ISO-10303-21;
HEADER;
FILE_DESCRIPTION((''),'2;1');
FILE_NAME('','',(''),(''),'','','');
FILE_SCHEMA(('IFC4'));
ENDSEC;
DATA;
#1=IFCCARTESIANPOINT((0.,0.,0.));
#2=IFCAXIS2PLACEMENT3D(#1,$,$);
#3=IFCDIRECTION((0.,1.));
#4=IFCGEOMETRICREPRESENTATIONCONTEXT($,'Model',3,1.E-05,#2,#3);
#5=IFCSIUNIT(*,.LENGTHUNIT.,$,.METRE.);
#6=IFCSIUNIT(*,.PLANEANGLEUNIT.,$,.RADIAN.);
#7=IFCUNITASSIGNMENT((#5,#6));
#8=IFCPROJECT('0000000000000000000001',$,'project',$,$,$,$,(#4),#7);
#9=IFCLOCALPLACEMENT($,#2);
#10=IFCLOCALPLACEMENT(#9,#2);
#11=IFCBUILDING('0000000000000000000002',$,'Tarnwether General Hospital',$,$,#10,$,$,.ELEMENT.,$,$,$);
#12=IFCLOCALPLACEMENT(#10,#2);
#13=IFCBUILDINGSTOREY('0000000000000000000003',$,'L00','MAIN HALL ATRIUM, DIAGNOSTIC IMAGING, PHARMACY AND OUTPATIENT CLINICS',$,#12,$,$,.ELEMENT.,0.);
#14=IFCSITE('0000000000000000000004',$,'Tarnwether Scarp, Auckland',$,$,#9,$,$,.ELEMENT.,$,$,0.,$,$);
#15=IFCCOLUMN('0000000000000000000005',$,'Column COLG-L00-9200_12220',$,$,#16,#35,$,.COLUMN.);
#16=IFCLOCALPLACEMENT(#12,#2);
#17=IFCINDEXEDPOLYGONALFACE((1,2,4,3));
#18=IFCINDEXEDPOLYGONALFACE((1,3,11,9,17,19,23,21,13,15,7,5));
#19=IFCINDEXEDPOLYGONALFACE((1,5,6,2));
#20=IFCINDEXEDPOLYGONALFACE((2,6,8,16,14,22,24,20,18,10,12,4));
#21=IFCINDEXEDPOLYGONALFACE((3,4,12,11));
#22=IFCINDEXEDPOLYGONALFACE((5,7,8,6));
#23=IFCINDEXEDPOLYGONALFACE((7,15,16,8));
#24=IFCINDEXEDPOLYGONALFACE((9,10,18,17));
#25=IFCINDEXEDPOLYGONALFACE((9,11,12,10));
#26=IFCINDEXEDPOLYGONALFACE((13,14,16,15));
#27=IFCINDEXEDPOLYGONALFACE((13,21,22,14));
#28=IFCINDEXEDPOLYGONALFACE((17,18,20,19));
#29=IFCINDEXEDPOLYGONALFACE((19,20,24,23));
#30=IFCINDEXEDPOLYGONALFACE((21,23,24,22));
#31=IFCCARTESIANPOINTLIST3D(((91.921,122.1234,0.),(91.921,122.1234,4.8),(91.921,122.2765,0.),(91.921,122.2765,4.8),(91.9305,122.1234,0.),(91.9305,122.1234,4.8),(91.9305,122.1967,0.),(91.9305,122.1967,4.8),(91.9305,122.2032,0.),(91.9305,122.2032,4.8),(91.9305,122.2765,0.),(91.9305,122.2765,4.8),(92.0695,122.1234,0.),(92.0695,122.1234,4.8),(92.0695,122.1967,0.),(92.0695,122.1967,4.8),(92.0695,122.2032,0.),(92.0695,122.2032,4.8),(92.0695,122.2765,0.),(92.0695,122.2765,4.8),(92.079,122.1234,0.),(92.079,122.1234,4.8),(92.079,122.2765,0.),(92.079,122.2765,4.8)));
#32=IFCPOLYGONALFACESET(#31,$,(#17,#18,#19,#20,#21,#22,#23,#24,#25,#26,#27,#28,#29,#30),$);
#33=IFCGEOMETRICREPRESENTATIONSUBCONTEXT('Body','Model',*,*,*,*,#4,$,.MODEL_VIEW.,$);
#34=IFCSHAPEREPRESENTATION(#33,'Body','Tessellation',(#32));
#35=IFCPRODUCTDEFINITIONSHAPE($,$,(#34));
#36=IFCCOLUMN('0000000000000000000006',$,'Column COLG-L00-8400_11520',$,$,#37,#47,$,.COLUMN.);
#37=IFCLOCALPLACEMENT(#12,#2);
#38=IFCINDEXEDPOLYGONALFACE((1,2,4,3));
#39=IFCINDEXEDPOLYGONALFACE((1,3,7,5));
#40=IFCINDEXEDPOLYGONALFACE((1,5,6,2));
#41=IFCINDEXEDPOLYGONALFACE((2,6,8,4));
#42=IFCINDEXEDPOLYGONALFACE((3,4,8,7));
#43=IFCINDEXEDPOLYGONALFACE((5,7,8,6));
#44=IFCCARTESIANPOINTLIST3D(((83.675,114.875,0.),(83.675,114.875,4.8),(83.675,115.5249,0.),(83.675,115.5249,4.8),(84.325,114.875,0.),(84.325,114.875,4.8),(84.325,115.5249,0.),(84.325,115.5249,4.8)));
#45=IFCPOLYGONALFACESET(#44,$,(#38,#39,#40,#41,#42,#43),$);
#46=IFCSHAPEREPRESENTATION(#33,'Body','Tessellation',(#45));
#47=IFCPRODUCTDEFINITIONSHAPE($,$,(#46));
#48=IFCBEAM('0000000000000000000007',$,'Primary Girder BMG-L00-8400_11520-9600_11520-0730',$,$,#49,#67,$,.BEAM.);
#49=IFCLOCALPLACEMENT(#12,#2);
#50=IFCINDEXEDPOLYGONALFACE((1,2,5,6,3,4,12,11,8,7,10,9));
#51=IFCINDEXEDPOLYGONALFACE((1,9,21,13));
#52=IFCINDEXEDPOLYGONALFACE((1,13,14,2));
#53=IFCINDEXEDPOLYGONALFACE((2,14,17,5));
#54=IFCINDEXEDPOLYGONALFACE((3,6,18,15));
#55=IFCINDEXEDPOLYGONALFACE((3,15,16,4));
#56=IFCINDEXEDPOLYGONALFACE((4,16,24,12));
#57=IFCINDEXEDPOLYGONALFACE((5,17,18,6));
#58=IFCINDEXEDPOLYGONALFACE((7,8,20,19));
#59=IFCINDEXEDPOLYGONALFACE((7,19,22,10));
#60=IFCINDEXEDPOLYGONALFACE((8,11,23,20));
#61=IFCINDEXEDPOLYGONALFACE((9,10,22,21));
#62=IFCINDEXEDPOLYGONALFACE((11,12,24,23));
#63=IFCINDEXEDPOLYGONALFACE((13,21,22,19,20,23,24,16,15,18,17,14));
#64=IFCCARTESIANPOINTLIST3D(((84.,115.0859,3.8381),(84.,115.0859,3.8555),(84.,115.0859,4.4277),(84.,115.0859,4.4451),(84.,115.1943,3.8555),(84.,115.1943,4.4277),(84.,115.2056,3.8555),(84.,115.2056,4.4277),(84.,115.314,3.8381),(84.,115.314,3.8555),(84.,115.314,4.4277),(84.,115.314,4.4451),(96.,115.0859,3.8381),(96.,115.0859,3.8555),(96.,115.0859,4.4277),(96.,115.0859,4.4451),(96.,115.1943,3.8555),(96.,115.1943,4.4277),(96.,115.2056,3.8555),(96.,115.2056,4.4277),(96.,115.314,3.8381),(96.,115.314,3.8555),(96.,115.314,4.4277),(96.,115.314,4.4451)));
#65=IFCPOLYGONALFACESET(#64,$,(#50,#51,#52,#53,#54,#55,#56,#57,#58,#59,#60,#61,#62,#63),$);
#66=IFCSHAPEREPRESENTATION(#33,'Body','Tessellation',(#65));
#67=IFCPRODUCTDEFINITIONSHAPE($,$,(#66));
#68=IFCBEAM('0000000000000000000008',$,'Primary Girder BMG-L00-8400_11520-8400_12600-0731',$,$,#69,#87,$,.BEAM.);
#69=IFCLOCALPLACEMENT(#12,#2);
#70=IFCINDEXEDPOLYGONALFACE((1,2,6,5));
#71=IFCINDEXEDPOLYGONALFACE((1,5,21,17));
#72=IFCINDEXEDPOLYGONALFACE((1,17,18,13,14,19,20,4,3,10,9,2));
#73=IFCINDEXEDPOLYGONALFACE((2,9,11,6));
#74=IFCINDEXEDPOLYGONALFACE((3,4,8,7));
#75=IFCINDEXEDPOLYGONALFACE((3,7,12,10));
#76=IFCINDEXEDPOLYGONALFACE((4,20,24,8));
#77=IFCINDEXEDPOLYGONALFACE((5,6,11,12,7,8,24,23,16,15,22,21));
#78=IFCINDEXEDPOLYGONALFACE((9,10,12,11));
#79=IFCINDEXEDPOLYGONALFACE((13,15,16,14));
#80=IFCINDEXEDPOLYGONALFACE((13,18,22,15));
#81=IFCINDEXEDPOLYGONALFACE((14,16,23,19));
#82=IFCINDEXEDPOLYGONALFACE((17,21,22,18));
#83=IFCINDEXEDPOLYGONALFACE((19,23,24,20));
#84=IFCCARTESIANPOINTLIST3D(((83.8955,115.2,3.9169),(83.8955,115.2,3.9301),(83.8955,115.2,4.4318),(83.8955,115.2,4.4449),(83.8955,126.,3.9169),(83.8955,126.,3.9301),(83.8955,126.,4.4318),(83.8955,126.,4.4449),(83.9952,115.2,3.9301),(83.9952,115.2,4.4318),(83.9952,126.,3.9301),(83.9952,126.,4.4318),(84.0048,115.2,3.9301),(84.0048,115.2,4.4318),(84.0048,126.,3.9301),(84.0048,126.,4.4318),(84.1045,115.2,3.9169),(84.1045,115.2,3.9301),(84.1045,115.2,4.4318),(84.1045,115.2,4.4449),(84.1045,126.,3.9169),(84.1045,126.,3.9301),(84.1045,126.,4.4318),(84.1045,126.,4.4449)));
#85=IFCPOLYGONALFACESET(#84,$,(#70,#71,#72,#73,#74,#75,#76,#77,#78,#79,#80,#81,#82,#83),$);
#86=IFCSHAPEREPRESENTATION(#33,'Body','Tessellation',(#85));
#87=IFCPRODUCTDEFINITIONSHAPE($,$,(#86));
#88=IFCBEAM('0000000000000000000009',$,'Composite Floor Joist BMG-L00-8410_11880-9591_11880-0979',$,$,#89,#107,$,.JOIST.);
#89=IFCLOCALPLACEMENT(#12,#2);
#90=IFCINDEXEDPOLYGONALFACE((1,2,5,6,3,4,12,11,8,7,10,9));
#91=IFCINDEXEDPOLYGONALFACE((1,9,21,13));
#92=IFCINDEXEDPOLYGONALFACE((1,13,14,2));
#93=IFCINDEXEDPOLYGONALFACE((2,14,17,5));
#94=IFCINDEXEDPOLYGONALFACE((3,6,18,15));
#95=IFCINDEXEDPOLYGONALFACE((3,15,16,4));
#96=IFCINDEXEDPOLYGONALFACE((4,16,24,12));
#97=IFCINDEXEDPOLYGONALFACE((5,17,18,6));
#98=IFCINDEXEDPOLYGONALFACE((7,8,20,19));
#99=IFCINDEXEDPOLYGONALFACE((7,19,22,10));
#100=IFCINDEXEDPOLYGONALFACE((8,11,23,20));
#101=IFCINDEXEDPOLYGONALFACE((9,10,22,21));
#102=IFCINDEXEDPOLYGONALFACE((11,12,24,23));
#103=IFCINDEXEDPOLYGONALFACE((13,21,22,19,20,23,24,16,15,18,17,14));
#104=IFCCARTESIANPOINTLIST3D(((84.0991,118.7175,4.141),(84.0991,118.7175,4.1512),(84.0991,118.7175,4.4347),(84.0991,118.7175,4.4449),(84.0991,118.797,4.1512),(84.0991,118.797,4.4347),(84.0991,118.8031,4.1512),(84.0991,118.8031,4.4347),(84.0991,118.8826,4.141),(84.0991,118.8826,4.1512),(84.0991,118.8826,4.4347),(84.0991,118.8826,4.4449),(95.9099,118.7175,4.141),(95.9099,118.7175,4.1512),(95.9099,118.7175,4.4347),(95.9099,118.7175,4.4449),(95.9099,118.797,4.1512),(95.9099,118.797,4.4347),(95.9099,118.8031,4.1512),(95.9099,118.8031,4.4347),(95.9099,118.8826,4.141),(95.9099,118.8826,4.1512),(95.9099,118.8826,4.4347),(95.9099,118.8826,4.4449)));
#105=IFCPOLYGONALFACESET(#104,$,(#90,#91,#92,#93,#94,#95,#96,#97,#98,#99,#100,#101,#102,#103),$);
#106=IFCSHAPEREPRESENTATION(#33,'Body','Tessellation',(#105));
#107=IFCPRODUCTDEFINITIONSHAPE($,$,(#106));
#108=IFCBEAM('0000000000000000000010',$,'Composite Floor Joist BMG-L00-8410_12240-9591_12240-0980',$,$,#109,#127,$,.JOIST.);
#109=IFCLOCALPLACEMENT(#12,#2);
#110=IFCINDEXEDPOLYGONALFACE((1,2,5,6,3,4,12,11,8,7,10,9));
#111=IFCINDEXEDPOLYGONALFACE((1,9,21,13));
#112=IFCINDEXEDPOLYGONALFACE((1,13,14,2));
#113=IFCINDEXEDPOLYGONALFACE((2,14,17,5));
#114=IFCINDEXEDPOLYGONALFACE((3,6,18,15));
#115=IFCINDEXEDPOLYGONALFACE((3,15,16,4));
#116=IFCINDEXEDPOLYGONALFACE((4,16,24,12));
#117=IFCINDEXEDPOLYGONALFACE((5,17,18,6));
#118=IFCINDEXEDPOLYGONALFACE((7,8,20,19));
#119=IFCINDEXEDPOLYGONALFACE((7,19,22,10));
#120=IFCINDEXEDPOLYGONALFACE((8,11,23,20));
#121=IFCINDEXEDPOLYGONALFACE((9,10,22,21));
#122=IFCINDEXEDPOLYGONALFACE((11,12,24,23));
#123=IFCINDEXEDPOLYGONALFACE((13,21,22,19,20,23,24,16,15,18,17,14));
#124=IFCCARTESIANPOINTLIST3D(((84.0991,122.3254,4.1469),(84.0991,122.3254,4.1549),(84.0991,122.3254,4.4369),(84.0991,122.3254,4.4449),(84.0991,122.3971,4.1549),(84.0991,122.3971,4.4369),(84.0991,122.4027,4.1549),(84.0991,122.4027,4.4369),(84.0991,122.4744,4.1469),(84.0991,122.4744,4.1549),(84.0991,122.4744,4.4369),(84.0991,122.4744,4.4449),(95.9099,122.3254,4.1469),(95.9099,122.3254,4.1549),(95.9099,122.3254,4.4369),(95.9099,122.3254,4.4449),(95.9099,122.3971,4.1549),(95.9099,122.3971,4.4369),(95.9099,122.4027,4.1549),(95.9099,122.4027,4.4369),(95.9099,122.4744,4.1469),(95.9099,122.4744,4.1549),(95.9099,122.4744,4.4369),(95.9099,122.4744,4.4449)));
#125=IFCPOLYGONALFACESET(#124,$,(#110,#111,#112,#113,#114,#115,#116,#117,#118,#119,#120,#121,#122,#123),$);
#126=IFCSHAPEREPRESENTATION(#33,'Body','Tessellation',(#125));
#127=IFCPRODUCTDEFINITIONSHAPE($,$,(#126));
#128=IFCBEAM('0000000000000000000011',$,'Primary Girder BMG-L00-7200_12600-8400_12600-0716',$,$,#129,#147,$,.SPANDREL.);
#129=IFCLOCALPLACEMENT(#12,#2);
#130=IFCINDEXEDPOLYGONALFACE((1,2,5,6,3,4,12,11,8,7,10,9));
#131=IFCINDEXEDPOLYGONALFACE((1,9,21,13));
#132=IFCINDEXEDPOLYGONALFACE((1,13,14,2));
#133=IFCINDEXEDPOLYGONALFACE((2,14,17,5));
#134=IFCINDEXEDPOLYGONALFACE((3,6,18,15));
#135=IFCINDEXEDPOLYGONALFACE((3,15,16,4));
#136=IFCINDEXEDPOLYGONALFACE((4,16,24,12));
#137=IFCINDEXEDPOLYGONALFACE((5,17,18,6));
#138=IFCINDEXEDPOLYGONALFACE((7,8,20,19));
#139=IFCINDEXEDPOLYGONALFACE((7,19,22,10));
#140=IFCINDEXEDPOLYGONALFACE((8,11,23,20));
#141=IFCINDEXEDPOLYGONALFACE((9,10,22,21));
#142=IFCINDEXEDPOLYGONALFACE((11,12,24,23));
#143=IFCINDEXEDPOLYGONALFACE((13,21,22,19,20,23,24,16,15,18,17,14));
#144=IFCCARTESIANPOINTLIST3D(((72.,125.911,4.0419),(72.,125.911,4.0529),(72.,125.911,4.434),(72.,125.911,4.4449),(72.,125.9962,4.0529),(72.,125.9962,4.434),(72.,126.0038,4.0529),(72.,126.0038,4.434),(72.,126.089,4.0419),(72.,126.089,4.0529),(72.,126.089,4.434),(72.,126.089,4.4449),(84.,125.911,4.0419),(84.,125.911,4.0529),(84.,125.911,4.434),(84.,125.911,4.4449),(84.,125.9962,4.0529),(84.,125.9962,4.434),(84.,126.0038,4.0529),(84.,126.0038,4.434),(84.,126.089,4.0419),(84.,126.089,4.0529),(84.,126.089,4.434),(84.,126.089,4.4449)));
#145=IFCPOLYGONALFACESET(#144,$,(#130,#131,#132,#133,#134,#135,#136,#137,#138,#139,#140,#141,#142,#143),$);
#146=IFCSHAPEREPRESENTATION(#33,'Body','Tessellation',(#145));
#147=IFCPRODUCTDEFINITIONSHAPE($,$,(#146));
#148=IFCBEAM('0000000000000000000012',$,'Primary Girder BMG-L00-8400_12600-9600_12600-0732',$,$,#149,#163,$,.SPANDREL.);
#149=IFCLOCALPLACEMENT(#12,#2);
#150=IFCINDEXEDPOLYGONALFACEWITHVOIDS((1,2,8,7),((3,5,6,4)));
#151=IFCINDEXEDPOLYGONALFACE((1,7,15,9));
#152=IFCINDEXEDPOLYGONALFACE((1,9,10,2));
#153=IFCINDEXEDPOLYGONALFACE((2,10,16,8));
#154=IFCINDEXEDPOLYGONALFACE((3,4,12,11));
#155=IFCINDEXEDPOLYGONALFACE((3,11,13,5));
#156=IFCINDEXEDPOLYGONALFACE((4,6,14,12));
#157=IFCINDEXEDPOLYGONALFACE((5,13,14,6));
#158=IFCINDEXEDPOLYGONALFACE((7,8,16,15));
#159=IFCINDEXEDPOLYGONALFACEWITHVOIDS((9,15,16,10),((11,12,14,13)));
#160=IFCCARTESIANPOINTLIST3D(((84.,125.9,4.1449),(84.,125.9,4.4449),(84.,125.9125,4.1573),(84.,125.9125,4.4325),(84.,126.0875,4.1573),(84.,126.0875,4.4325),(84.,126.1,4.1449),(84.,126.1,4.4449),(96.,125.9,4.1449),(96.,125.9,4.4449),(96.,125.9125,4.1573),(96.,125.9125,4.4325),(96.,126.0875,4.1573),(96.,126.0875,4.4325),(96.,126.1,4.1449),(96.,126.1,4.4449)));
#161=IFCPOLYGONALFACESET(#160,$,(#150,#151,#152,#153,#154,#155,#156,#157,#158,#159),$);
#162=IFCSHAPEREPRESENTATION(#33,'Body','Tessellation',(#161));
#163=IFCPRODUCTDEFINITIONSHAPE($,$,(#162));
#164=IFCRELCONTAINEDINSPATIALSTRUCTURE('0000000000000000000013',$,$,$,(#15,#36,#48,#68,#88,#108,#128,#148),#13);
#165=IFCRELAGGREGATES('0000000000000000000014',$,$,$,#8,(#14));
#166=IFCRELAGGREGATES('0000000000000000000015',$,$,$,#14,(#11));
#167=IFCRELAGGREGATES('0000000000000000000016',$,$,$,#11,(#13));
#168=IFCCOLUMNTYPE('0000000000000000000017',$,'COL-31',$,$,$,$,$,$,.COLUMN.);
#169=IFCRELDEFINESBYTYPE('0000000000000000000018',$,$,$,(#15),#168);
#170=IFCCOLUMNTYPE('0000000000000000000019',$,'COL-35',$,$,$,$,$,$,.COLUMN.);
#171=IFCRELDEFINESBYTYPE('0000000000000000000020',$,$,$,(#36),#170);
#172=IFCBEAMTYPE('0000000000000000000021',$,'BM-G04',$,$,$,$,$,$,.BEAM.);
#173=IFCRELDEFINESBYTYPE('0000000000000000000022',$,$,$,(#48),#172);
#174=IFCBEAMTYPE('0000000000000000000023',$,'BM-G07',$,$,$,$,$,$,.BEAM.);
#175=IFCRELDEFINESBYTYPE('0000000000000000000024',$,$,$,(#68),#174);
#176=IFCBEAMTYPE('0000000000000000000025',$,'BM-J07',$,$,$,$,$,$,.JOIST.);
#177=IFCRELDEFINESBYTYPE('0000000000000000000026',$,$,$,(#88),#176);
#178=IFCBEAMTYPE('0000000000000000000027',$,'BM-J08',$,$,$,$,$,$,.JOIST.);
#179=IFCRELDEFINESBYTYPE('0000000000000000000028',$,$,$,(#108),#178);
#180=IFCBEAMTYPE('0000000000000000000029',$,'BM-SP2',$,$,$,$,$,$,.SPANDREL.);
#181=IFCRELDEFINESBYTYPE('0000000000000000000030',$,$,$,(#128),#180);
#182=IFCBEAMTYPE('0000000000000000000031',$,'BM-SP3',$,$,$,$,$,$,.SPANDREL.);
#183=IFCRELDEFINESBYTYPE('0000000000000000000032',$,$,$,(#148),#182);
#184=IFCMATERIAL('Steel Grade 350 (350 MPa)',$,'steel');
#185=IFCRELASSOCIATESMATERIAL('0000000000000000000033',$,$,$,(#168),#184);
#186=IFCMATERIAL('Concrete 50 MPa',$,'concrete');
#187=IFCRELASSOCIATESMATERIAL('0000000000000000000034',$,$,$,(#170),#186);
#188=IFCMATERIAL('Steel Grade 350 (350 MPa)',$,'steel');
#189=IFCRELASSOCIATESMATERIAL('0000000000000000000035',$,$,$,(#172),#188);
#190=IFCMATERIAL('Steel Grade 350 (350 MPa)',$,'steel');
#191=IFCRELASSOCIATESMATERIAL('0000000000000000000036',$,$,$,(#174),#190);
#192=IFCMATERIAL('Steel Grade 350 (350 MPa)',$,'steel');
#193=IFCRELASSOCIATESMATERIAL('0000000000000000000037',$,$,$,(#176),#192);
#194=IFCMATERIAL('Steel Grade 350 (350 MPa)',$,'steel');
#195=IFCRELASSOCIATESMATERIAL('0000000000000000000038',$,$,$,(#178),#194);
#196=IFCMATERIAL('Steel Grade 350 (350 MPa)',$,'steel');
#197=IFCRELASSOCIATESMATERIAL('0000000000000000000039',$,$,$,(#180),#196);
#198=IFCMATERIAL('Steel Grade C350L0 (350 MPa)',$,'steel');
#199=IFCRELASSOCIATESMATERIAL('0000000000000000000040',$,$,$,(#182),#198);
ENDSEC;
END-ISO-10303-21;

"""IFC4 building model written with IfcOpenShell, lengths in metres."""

from ifc_helpers import new_model, si_unit, direction, frame, origin, origin_2d, place, context, subcontext, project, spatial, rectangle, hollow_rectangle, i_section, extrude, material, material_profile, profile_set, type_object, element, save


model = new_model("IFC4")

# Units and contexts
model_context = context("Model", 3, precision=1e-05, world=origin(), true_north=direction((0.0, 1.0)))
body_context = subcontext(model_context, "Body", "Model", "MODEL_VIEW")
ifc_project = project(units=[si_unit("LENGTHUNIT", "METRE"), si_unit("PLANEANGLEUNIT", "RADIAN")], contexts=[model_context])

# Site, building, storey
site_placement = place(None, origin())
site = spatial("IfcSite", under=ifc_project, at=site_placement, Name="Tarnwether Scarp, Auckland", CompositionType="ELEMENT", RefElevation=0.0)
building_placement = place(site_placement, origin())
building = spatial("IfcBuilding", under=site, at=building_placement, Name="Tarnwether General Hospital", CompositionType="ELEMENT")
storey_placement = place(building_placement, origin())
storey = spatial("IfcBuildingStorey", under=building, at=storey_placement, Name="L00", Description="MAIN HALL ATRIUM, DIAGNOSTIC IMAGING, PHARMACY AND OUTPATIENT CLINICS", CompositionType="ELEMENT", Elevation=0.0)

# Columns
ifc_material_1 = material(Name="Steel Grade 350 (350 MPa)", Category="steel")
ifc_material_profile_1 = material_profile(ifc_material_1, i_section(OverallWidth=0.1531, OverallDepth=0.158, WebThickness=0.0066, FlangeThickness=0.0095, at=origin_2d()), Name="150UC30.0")
ifc_profile_set_1 = profile_set([ifc_material_profile_1], Name="Steel Grade 350 (350 MPa)")
column_type_1 = type_object("IfcColumnType", Name="COL-31", PredefinedType="COLUMN", material=ifc_profile_set_1)
for number, where, z_axis, x_axis, name in (
    (1, (92.0, 122.2, 0.0), (0.0, 0.0, 1.0), (0.0, 1.0, 0.0), "Column COLG-L00-9200_12220"),
):
    element("IfcColumn", number, at=place(storey_placement, frame(where, z_axis=z_axis, x_axis=x_axis)), inside=storey, type_object=column_type_1, Name=name, PredefinedType="COLUMN", context=body_context, shape_type="SweptSolid", body=[
        extrude(i_section(OverallWidth=0.1531, OverallDepth=0.158, WebThickness=0.0066, FlangeThickness=0.0095, at=origin_2d()), origin(), (0.0, 0.0, 1.0), 4.8),
    ])
ifc_material_2 = material(Name="Concrete 50 MPa", Category="concrete")
ifc_material_profile_2 = material_profile(ifc_material_2, rectangle(XDim=0.6499, YDim=0.6499, at=origin_2d()), Name="RC-COL-650x650")
ifc_profile_set_2 = profile_set([ifc_material_profile_2], Name="Concrete 50 MPa")
column_type_2 = type_object("IfcColumnType", Name="COL-35", PredefinedType="COLUMN", material=ifc_profile_set_2)
column_1_placement = place(storey_placement, frame((84.0, 115.2, 0.0), z_axis=(0.0, 0.0, 1.0), x_axis=(0.0, 1.0, 0.0)))
element("IfcColumn", 2, at=column_1_placement, inside=storey, type_object=column_type_2, Name="Column COLG-L00-8400_11520", PredefinedType="COLUMN", context=body_context, shape_type="SweptSolid", body=[
    extrude(rectangle(XDim=0.6499, YDim=0.6499, at=origin_2d()), origin(), (0.0, 0.0, 1.0), 4.8),
])

# Beams
ifc_material_3 = material(Name="Steel Grade 350 (350 MPa)", Category="steel")
ifc_material_profile_3 = material_profile(ifc_material_3, i_section(OverallWidth=0.228, OverallDepth=0.6069, WebThickness=0.0112, FlangeThickness=0.0173, at=origin_2d()), Name="610UB113")
ifc_profile_set_3 = profile_set([ifc_material_profile_3], Name="Steel Grade 350 (350 MPa)")
beam_type_1 = type_object("IfcBeamType", Name="BM-G04", PredefinedType="BEAM", material=ifc_profile_set_3)
beam_1_placement = place(storey_placement, frame((84.0, 115.2, 4.1416), z_axis=(1.0, 0.0, 0.0), x_axis=(0.0, 1.0, 0.0)))
element("IfcBeam", 3, at=beam_1_placement, inside=storey, type_object=beam_type_1, Name="Primary Girder BMG-L00-8400_11520-9600_11520-0730", PredefinedType="BEAM", context=body_context, shape_type="SweptSolid", body=[
    extrude(i_section(OverallWidth=0.228, OverallDepth=0.6069, WebThickness=0.0112, FlangeThickness=0.0173, at=origin_2d()), origin(), (0.0, 0.0, 1.0), 12.0),
])
ifc_material_4 = material(Name="Steel Grade 350 (350 MPa)", Category="steel")
ifc_material_profile_4 = material_profile(ifc_material_4, i_section(OverallWidth=0.209, OverallDepth=0.5281, WebThickness=0.0095, FlangeThickness=0.0132, at=origin_2d()), Name="530UB82.0")
ifc_profile_set_4 = profile_set([ifc_material_profile_4], Name="Steel Grade 350 (350 MPa)")
beam_type_2 = type_object("IfcBeamType", Name="BM-G07", PredefinedType="BEAM", material=ifc_profile_set_4)
beam_2_placement = place(storey_placement, frame((84.0, 115.2, 4.1809), z_axis=(0.0, 1.0, 0.0), x_axis=(-1.0, 0.0, 0.0)))
element("IfcBeam", 4, at=beam_2_placement, inside=storey, type_object=beam_type_2, Name="Primary Girder BMG-L00-8400_11520-8400_12600-0731", PredefinedType="BEAM", context=body_context, shape_type="SweptSolid", body=[
    extrude(i_section(OverallWidth=0.209, OverallDepth=0.5281, WebThickness=0.0095, FlangeThickness=0.0132, at=origin_2d()), origin(), (0.0, 0.0, 1.0), 10.8),
])
ifc_material_5 = material(Name="Steel Grade 350 (350 MPa)", Category="steel")
ifc_material_profile_5 = material_profile(ifc_material_5, i_section(OverallWidth=0.165, OverallDepth=0.304, WebThickness=0.0061, FlangeThickness=0.0103, at=origin_2d()), Name="310UB40.4")
ifc_profile_set_5 = profile_set([ifc_material_profile_5], Name="Steel Grade 350 (350 MPa)")
beam_type_3 = type_object("IfcBeamType", Name="BM-J07", PredefinedType="JOIST", material=ifc_profile_set_5)
beam_3_placement = place(storey_placement, frame((84.0991, 118.8, 4.293), z_axis=(1.0, 0.0, 0.0), x_axis=(0.0, 1.0, 0.0)))
element("IfcBeam", 5, at=beam_3_placement, inside=storey, type_object=beam_type_3, Name="Composite Floor Joist BMG-L00-8410_11880-9591_11880-0979", PredefinedType="JOIST", context=body_context, shape_type="SweptSolid", body=[
    extrude(i_section(OverallWidth=0.165, OverallDepth=0.304, WebThickness=0.0061, FlangeThickness=0.0103, at=origin_2d()), origin(), (0.0, 0.0, 1.0), 11.8108),
])
ifc_material_6 = material(Name="Steel Grade 350 (350 MPa)", Category="steel")
ifc_material_profile_6 = material_profile(ifc_material_6, i_section(OverallWidth=0.1489, OverallDepth=0.2981, WebThickness=0.0056, FlangeThickness=0.0081, at=origin_2d()), Name="310UB32.0")
ifc_profile_set_6 = profile_set([ifc_material_profile_6], Name="Steel Grade 350 (350 MPa)")
beam_type_4 = type_object("IfcBeamType", Name="BM-J08", PredefinedType="JOIST", material=ifc_profile_set_6)
beam_4_placement = place(storey_placement, frame((84.0991, 122.3999, 4.2959), z_axis=(1.0, 0.0, 0.0), x_axis=(0.0, 1.0, 0.0)))
element("IfcBeam", 6, at=beam_4_placement, inside=storey, type_object=beam_type_4, Name="Composite Floor Joist BMG-L00-8410_12240-9591_12240-0980", PredefinedType="JOIST", context=body_context, shape_type="SweptSolid", body=[
    extrude(i_section(OverallWidth=0.1489, OverallDepth=0.2981, WebThickness=0.0056, FlangeThickness=0.0081, at=origin_2d()), origin(), (0.0, 0.0, 1.0), 11.8108),
])
ifc_material_7 = material(Name="Steel Grade 350 (350 MPa)", Category="steel")
ifc_material_profile_7 = material_profile(ifc_material_7, i_section(OverallWidth=0.178, OverallDepth=0.4031, WebThickness=0.0076, FlangeThickness=0.011, at=origin_2d()), Name="410UB53.7")
ifc_profile_set_7 = profile_set([ifc_material_profile_7], Name="Steel Grade 350 (350 MPa)")
beam_type_5 = type_object("IfcBeamType", Name="BM-SP2", PredefinedType="SPANDREL", material=ifc_profile_set_7)
beam_5_placement = place(storey_placement, frame((72.0, 126.0, 4.2434), z_axis=(1.0, 0.0, 0.0), x_axis=(0.0, 1.0, 0.0)))
element("IfcBeam", 7, at=beam_5_placement, inside=storey, type_object=beam_type_5, Name="Primary Girder BMG-L00-7200_12600-8400_12600-0716", PredefinedType="SPANDREL", context=body_context, shape_type="SweptSolid", body=[
    extrude(i_section(OverallWidth=0.178, OverallDepth=0.4031, WebThickness=0.0076, FlangeThickness=0.011, at=origin_2d()), origin(), (0.0, 0.0, 1.0), 12.0),
])
ifc_material_8 = material(Name="Steel Grade C350L0 (350 MPa)", Category="steel")
ifc_material_profile_8 = material_profile(ifc_material_8, hollow_rectangle(XDim=0.2, YDim=0.3, WallThickness=0.0125, at=origin_2d()), Name="RHS300x200x12.5")
ifc_profile_set_8 = profile_set([ifc_material_profile_8], Name="Steel Grade C350L0 (350 MPa)")
beam_type_6 = type_object("IfcBeamType", Name="BM-SP3", PredefinedType="SPANDREL", material=ifc_profile_set_8)
beam_6_placement = place(storey_placement, frame((84.0, 126.0, 4.2949), z_axis=(1.0, 0.0, 0.0), x_axis=(0.0, 1.0, 0.0)))
element("IfcBeam", 8, at=beam_6_placement, inside=storey, type_object=beam_type_6, Name="Primary Girder BMG-L00-8400_12600-9600_12600-0732", PredefinedType="SPANDREL", context=body_context, shape_type="SweptSolid", body=[
    extrude(hollow_rectangle(XDim=0.2, YDim=0.3, WallThickness=0.0125, at=origin_2d()), origin(), (0.0, 0.0, 1.0), 12.0),
])

save(model, "model.ifc")
